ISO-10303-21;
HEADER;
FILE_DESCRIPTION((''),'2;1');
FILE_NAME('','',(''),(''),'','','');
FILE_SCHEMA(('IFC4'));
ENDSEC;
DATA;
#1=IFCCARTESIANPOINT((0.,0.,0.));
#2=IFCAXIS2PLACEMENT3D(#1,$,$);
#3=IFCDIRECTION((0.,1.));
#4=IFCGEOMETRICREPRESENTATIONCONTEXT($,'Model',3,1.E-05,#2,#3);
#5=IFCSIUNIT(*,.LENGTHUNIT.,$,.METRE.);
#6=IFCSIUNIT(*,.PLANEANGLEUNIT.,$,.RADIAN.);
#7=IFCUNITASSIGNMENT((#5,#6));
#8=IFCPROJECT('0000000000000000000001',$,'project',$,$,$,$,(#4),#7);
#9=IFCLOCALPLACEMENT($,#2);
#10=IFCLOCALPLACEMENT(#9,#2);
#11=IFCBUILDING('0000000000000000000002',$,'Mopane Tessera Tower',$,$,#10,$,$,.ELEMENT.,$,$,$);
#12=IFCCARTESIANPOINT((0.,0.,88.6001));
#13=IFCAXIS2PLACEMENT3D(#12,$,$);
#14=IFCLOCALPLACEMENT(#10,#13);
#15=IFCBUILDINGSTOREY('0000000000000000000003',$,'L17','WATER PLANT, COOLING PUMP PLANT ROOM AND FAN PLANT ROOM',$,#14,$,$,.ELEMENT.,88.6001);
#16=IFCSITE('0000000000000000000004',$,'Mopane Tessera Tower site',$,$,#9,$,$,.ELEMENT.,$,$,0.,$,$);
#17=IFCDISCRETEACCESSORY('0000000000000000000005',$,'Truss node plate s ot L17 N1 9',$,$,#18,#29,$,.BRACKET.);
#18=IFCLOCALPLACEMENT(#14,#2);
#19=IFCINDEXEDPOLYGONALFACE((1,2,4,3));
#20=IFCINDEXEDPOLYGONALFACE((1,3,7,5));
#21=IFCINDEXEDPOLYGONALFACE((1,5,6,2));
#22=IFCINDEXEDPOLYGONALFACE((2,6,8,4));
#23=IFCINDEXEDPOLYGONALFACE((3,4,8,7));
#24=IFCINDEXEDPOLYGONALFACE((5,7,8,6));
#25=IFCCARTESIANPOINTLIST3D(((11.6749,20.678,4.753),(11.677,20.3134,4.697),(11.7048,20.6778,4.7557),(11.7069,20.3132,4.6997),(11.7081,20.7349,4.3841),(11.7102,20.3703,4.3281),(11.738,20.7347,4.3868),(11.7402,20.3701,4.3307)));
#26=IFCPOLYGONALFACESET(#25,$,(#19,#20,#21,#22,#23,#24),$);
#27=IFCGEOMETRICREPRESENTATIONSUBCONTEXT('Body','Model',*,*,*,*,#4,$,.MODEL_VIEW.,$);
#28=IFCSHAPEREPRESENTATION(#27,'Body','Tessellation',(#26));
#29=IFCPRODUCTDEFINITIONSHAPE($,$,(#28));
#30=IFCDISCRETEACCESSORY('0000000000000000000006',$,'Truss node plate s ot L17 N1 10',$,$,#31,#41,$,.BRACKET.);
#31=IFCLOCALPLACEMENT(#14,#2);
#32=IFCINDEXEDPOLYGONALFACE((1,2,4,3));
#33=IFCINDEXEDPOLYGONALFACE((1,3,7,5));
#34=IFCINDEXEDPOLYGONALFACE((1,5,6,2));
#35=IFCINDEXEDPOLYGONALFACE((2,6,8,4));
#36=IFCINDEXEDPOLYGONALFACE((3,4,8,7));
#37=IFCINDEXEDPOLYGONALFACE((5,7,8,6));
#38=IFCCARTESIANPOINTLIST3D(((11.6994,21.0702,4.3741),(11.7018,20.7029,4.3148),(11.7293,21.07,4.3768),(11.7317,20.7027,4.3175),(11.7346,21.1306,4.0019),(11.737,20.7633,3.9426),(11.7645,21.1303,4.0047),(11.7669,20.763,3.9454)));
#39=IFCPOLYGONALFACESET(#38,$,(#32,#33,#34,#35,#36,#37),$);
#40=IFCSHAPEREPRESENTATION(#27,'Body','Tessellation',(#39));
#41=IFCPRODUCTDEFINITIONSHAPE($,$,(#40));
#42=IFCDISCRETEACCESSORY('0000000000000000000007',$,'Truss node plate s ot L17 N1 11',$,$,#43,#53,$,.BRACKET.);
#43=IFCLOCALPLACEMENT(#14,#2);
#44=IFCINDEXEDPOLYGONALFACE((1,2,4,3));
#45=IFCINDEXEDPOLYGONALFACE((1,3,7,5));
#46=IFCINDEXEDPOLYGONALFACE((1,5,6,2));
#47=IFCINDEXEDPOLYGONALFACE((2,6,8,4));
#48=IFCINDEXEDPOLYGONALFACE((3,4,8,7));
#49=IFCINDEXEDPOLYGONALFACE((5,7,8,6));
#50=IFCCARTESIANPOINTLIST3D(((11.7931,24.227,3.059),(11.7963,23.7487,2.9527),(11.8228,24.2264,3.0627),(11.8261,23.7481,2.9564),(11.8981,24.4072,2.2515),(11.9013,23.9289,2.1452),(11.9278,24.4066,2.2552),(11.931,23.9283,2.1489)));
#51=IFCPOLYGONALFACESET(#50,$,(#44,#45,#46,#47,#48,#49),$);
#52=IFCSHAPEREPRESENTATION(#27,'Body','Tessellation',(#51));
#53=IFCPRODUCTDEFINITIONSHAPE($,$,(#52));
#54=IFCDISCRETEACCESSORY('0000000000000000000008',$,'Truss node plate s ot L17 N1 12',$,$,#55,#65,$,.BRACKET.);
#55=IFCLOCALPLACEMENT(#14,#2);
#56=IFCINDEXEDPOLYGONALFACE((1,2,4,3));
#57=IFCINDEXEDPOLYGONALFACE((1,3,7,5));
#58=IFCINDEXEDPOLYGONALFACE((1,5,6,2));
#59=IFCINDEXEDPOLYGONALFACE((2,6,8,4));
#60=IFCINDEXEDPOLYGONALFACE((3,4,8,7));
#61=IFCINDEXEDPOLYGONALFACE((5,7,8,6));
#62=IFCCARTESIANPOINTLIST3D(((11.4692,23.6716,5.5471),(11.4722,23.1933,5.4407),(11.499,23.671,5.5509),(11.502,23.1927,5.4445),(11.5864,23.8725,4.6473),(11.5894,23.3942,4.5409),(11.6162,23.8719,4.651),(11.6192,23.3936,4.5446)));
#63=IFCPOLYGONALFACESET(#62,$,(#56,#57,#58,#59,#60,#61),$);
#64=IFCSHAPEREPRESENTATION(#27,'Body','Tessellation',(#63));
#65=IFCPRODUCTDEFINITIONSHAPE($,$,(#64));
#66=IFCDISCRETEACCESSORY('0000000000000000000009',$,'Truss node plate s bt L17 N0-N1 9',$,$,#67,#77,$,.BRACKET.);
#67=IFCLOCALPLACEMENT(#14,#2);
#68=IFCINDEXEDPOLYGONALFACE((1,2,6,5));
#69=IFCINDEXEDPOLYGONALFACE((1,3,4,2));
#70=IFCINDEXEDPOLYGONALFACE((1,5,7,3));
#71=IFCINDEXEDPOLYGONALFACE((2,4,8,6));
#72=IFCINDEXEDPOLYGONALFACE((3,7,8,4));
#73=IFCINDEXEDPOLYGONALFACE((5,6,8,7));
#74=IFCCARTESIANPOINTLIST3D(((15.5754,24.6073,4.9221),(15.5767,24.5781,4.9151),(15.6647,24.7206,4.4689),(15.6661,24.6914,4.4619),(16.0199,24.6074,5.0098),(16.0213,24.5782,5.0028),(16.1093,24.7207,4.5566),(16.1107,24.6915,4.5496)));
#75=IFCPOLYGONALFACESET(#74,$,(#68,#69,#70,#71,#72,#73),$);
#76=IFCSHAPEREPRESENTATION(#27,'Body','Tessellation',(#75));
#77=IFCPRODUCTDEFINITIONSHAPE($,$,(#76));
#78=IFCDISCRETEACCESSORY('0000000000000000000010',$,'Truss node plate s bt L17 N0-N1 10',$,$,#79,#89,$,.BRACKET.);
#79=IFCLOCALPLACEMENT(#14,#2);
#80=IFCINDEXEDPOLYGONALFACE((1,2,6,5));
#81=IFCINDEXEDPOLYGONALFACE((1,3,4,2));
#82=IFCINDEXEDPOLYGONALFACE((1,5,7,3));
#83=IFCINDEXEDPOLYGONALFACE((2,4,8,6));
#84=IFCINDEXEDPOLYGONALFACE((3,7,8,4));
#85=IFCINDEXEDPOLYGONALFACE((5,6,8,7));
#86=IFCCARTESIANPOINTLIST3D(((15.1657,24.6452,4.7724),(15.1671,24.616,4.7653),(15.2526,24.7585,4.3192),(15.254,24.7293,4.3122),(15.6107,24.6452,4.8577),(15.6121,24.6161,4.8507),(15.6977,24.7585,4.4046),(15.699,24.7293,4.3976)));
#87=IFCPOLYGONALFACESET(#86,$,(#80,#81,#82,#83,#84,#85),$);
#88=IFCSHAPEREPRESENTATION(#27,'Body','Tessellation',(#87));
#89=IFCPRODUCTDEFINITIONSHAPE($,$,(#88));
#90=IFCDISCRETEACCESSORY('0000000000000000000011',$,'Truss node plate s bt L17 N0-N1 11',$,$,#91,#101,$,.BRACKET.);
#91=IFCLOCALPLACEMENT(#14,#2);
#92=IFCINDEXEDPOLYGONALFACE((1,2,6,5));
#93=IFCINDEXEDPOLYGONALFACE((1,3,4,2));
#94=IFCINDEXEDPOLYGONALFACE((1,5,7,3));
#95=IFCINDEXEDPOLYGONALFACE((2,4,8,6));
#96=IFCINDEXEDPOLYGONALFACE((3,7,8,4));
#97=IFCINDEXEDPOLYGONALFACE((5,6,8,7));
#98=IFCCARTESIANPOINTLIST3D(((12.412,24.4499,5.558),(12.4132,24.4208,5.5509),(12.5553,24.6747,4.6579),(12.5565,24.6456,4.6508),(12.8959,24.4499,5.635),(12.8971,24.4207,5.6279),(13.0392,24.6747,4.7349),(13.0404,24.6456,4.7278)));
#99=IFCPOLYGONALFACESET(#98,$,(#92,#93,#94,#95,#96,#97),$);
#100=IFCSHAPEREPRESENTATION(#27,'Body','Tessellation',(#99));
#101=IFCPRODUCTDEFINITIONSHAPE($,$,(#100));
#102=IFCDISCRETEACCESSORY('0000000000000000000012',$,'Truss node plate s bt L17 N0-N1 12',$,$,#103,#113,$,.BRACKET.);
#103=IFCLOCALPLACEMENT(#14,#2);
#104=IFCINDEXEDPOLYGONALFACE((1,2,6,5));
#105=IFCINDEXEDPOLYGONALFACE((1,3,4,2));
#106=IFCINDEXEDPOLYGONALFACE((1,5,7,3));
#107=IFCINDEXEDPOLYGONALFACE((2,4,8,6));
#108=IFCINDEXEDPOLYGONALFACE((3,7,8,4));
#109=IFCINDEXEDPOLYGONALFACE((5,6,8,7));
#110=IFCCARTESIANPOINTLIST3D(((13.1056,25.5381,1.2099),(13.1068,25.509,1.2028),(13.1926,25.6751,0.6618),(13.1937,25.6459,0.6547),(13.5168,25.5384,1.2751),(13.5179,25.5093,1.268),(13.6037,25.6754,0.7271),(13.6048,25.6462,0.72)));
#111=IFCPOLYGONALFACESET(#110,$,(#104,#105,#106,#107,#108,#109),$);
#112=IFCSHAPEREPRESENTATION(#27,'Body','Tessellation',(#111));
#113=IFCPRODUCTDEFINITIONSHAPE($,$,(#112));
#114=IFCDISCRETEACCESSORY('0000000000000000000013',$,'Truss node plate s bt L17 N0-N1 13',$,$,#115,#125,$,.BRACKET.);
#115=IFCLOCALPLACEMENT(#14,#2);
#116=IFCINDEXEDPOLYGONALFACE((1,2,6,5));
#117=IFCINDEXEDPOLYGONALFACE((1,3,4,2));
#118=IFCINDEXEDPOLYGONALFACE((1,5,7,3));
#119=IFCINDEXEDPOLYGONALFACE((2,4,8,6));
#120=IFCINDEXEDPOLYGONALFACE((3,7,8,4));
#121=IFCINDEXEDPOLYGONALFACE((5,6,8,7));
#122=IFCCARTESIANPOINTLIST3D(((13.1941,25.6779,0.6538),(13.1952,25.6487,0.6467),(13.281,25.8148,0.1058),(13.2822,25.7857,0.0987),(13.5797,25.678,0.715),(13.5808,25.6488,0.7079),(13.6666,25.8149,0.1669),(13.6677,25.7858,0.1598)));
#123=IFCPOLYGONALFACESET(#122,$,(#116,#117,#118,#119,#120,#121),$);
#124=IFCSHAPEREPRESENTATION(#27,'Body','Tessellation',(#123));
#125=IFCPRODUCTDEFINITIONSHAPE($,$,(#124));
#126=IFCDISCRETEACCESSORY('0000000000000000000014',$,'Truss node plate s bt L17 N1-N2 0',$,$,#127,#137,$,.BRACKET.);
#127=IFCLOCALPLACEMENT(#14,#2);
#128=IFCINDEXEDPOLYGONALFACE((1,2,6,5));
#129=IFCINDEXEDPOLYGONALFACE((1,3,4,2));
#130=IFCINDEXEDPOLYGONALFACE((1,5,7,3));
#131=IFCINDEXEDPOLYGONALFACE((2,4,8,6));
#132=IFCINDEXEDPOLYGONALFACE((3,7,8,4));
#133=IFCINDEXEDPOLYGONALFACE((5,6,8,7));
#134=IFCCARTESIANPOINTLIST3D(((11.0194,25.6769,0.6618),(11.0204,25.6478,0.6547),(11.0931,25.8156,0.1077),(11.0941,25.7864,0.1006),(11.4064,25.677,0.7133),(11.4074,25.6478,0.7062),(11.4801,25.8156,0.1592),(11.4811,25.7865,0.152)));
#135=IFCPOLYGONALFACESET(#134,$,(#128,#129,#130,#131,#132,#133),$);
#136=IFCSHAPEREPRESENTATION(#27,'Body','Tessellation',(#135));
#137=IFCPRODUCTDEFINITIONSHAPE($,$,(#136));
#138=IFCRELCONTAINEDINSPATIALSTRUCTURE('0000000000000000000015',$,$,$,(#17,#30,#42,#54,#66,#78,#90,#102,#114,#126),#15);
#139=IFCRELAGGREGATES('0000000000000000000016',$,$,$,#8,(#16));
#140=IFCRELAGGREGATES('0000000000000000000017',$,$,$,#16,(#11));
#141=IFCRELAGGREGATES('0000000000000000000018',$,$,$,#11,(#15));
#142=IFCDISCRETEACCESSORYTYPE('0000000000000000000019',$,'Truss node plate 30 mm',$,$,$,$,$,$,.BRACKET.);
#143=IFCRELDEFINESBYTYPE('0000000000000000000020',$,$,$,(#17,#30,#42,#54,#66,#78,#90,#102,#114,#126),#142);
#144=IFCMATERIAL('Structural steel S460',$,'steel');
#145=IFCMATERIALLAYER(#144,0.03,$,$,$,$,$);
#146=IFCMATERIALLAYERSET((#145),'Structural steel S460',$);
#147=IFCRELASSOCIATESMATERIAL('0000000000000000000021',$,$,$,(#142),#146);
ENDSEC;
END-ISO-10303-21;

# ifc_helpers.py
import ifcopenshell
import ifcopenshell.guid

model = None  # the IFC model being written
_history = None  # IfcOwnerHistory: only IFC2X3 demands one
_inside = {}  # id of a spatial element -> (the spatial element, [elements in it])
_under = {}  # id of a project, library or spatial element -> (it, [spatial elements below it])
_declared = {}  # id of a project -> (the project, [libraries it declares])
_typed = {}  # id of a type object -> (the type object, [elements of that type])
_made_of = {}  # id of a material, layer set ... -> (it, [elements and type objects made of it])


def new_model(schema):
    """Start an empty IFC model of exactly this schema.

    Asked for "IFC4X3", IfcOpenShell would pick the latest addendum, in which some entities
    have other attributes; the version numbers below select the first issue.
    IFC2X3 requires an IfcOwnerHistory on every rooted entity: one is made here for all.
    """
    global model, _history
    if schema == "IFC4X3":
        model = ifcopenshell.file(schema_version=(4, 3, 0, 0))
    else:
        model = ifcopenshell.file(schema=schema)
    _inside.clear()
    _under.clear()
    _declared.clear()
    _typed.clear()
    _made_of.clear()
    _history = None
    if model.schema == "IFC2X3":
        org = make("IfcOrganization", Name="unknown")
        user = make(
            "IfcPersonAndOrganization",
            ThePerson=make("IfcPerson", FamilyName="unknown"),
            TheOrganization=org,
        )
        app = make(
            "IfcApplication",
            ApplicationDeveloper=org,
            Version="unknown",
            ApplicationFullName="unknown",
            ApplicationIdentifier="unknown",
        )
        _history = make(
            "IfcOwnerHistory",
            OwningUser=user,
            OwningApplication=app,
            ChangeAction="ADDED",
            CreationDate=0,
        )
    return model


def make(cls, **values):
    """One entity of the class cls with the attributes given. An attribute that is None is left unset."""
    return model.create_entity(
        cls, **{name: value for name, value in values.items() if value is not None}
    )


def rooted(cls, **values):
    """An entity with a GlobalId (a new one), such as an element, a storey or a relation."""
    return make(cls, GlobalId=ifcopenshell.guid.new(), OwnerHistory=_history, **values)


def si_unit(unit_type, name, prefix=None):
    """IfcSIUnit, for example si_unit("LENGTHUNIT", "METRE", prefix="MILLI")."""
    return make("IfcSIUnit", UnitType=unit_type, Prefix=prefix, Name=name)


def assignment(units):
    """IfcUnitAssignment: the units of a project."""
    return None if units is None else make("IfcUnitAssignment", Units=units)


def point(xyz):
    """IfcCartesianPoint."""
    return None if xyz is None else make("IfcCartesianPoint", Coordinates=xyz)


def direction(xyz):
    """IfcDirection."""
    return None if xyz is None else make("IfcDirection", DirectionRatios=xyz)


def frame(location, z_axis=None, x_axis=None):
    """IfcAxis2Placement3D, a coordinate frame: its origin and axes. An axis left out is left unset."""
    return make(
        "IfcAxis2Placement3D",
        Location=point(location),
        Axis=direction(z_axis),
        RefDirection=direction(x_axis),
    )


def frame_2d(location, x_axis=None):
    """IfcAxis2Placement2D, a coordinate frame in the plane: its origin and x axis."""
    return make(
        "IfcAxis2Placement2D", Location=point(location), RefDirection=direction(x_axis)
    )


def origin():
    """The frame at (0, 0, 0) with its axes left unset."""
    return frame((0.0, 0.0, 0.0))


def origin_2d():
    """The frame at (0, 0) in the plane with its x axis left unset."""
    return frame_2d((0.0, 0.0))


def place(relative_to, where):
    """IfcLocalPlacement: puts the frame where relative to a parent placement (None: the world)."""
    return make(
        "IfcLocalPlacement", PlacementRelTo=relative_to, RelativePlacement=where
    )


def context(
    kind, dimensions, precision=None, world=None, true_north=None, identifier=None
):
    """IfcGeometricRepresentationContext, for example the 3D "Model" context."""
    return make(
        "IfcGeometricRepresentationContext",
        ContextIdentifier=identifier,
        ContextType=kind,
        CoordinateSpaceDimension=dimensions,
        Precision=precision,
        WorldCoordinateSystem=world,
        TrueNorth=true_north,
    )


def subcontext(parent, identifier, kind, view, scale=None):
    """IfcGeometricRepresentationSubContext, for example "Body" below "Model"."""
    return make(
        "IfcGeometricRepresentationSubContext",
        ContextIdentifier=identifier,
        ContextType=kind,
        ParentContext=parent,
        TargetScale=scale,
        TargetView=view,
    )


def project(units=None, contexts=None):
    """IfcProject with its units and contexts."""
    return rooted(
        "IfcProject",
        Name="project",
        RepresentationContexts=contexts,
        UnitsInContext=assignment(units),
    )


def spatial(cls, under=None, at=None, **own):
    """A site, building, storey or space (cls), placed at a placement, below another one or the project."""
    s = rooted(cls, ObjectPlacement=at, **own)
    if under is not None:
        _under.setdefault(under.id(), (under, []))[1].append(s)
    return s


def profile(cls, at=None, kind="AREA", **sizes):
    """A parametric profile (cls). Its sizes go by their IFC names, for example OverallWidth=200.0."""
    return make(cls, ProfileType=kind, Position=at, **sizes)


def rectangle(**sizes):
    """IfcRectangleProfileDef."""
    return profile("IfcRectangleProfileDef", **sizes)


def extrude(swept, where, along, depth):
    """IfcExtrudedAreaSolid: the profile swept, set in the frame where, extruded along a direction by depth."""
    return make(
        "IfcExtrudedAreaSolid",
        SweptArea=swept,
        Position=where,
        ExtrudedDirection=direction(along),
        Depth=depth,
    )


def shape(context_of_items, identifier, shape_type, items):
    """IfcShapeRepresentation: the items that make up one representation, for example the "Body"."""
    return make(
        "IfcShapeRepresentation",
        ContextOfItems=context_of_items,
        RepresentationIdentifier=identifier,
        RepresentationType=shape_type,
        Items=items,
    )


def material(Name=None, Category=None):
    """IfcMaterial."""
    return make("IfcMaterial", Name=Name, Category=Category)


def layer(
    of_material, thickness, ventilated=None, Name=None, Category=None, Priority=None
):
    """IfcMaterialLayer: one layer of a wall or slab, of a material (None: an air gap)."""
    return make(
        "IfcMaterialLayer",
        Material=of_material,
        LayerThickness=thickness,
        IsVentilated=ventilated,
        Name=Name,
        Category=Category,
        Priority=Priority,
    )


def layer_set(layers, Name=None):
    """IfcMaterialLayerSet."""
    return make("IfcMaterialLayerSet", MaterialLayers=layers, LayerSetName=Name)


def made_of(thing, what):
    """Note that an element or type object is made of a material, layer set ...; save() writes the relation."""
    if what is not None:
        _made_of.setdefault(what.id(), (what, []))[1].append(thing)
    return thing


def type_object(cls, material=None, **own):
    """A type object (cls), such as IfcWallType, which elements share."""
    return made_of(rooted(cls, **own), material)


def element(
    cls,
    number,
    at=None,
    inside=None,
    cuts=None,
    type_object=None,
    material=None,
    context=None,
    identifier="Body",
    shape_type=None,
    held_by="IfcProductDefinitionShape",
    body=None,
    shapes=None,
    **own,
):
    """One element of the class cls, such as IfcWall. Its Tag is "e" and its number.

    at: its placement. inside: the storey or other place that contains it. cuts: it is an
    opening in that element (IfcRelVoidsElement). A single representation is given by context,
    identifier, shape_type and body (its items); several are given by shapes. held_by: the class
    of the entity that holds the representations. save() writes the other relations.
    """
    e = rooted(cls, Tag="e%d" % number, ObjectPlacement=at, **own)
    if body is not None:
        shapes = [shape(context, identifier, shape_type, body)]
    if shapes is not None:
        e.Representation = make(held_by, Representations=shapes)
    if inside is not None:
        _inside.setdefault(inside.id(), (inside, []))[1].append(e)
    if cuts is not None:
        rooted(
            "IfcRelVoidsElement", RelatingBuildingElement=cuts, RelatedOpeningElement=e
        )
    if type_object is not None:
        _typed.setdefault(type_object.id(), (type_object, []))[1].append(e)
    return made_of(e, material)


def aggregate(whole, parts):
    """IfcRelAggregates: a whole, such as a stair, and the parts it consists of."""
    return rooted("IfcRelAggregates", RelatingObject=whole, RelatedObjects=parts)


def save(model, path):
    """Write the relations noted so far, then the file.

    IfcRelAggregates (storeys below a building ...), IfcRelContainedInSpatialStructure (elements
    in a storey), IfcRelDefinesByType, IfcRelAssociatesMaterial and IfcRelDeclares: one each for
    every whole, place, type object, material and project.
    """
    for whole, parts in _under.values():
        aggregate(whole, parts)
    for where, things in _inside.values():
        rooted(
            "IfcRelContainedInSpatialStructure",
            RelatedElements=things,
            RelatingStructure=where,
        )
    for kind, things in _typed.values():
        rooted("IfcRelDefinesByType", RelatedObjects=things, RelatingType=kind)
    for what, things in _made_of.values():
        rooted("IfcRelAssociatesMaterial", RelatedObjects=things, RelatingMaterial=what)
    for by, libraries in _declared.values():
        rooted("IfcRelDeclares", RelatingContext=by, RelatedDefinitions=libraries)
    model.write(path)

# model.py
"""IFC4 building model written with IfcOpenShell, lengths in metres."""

from ifc_helpers import new_model, si_unit, direction, frame, origin, origin_2d, place, context, subcontext, project, spatial, rectangle, extrude, material, layer, layer_set, type_object, element, save


model = new_model("IFC4")

# Units and contexts
model_context = context("Model", 3, precision=1e-05, world=origin(), true_north=direction((0.0, 1.0)))
body_context = subcontext(model_context, "Body", "Model", "MODEL_VIEW")
ifc_project = project(units=[si_unit("LENGTHUNIT", "METRE"), si_unit("PLANEANGLEUNIT", "RADIAN")], contexts=[model_context])

# Site, building, storey
site_placement = place(None, origin())
site = spatial("IfcSite", under=ifc_project, at=site_placement, Name="Mopane Tessera Tower site", CompositionType="ELEMENT", RefElevation=0.0)
building_placement = place(site_placement, origin())
building = spatial("IfcBuilding", under=site, at=building_placement, Name="Mopane Tessera Tower", CompositionType="ELEMENT")
storey_placement = place(building_placement, frame((0.0, 0.0, 88.6001)))
storey = spatial("IfcBuildingStorey", under=building, at=storey_placement, Name="L17", Description="WATER PLANT, COOLING PUMP PLANT ROOM AND FAN PLANT ROOM", CompositionType="ELEMENT", Elevation=88.6001)

# Discrete accessories
ifc_material_1 = material(Name="Structural steel S460", Category="steel")
ifc_layer_1 = layer(ifc_material_1, 0.03)
ifc_layer_set_1 = layer_set([ifc_layer_1], Name="Structural steel S460")
discrete_accessory_type_1 = type_object("IfcDiscreteAccessoryType", Name="Truss node plate 30 mm", PredefinedType="BRACKET", material=ifc_layer_set_1)
discrete_accessory_1_placement = place(storey_placement, frame((11.7241, 20.5525, 4.3574), z_axis=(-0.088605, -0.151802, 0.984431), x_axis=(-0.99605, 0.007709, -0.088462)))
element("IfcDiscreteAccessory", 1, at=discrete_accessory_1_placement, inside=storey, type_object=discrete_accessory_type_1, Name="Truss node plate s ot L17 N1 9", PredefinedType="BRACKET", context=body_context, shape_type="SweptSolid", body=[
    extrude(rectangle(XDim=0.03, YDim=0.3689, at=origin_2d()), origin(), (0.0, 0.0, 1.0), 0.3748),
])
discrete_accessory_2_placement = place(storey_placement, frame((11.7507, 20.9468, 3.9736), z_axis=(-0.092868, -0.159294, 0.982853), x_axis=(-0.995658, 0.008519, -0.092697)))
element("IfcDiscreteAccessory", 2, at=discrete_accessory_2_placement, inside=storey, type_object=discrete_accessory_type_1, Name="Truss node plate s ot L17 N1 10", PredefinedType="BRACKET", context=body_context, shape_type="SweptSolid", body=[
    extrude(rectangle(XDim=0.03, YDim=0.3721, at=origin_2d()), origin(), (0.0, 0.0, 1.0), 0.3787),
])
discrete_accessory_3_placement = place(storey_placement, frame((11.9146, 24.1677, 2.2002), z_axis=(-0.125896, -0.216072, 0.968227), x_axis=(-0.992022, 0.020989, -0.124306)))
element("IfcDiscreteAccessory", 3, at=discrete_accessory_3_placement, inside=storey, type_object=discrete_accessory_type_1, Name="Truss node plate s ot L17 N1 11", PredefinedType="BRACKET", context=body_context, shape_type="SweptSolid", body=[
    extrude(rectangle(XDim=0.03, YDim=0.49, at=origin_2d()), origin(), (0.0, 0.0, 1.0), 0.834),
])
discrete_accessory_4_placement = place(storey_placement, frame((11.6028, 23.6331, 4.5959), z_axis=(-0.126079, -0.216173, 0.968181), x_axis=(-0.992001, 0.021436, -0.124395)))
element("IfcDiscreteAccessory", 4, at=discrete_accessory_4_placement, inside=storey, type_object=discrete_accessory_type_1, Name="Truss node plate s ot L17 N1 12", PredefinedType="BRACKET", context=body_context, shape_type="SweptSolid", body=[
    extrude(rectangle(XDim=0.03, YDim=0.49, at=origin_2d()), origin(), (0.0, 0.0, 1.0), 0.9294),
])
discrete_accessory_5_placement = place(storey_placement, frame((15.8877, 24.7061, 4.5093), z_axis=(-0.187903, -0.238215, 0.952862), x_axis=(0.046385, -0.971212, -0.233656)))
element("IfcDiscreteAccessory", 5, at=discrete_accessory_5_placement, inside=storey, type_object=discrete_accessory_type_1, Name="Truss node plate s bt L17 N0-N1 9", PredefinedType="BRACKET", context=body_context, shape_type="SweptSolid", body=[
    extrude(rectangle(XDim=0.03, YDim=0.4531, at=origin_2d()), origin(), (0.0, 0.0, 1.0), 0.4756),
])
discrete_accessory_6_placement = place(storey_placement, frame((15.4758, 24.7439, 4.3584), z_axis=(-0.182943, -0.238442, 0.95377), x_axis=(0.045, -0.971157, -0.234158)))
element("IfcDiscreteAccessory", 6, at=discrete_accessory_6_placement, inside=storey, type_object=discrete_accessory_type_1, Name="Truss node plate s bt L17 N0-N1 10", PredefinedType="BRACKET", context=body_context, shape_type="SweptSolid", body=[
    extrude(rectangle(XDim=0.03, YDim=0.4531, at=origin_2d()), origin(), (0.0, 0.0, 1.0), 0.4751),
])
discrete_accessory_7_placement = place(storey_placement, frame((12.7979, 24.6602, 4.6929), z_axis=(-0.152652, -0.23951, 0.958818), x_axis=(0.037596, -0.970894, -0.23654)))
element("IfcDiscreteAccessory", 7, at=discrete_accessory_7_placement, inside=storey, type_object=discrete_accessory_type_1, Name="Truss node plate s bt L17 N0-N1 11", PredefinedType="BRACKET", context=body_context, shape_type="SweptSolid", body=[
    extrude(rectangle(XDim=0.03, YDim=0.49, at=origin_2d()), origin(), (0.0, 0.0, 1.0), 0.9387),
])
discrete_accessory_8_placement = place(storey_placement, frame((13.3987, 25.6606, 0.6909), z_axis=(-0.152055, -0.239615, 0.958887), x_axis=(0.038206, -0.970868, -0.23655)))
element("IfcDiscreteAccessory", 8, at=discrete_accessory_8_placement, inside=storey, type_object=discrete_accessory_type_1, Name="Truss node plate s bt L17 N0-N1 12", PredefinedType="BRACKET", context=body_context, shape_type="SweptSolid", body=[
    extrude(rectangle(XDim=0.03, YDim=0.4163, at=origin_2d()), origin(), (0.0, 0.0, 1.0), 0.5715),
])
discrete_accessory_9_placement = place(storey_placement, frame((13.4744, 25.8003, 0.1328), z_axis=(-0.152055, -0.239615, 0.958887), x_axis=(0.037756, -0.970868, -0.236622)))
element("IfcDiscreteAccessory", 9, at=discrete_accessory_9_placement, inside=storey, type_object=discrete_accessory_type_1, Name="Truss node plate s bt L17 N0-N1 13", PredefinedType="BRACKET", context=body_context, shape_type="SweptSolid", body=[
    extrude(rectangle(XDim=0.03, YDim=0.3904, at=origin_2d()), origin(), (0.0, 0.0, 1.0), 0.5715),
])
discrete_accessory_10_placement = place(storey_placement, frame((11.2871, 25.801, 0.1299), z_axis=(-0.127999, -0.24074, 0.962112), x_axis=(0.031805, -0.97059, -0.23863)))
element("IfcDiscreteAccessory", 10, at=discrete_accessory_10_placement, inside=storey, type_object=discrete_accessory_type_1, Name="Truss node plate s bt L17 N1-N2 0", PredefinedType="BRACKET", context=body_context, shape_type="SweptSolid", body=[
    extrude(rectangle(XDim=0.03, YDim=0.3904, at=origin_2d()), origin(), (0.0, 0.0, 1.0), 0.5759),
])

save(model, "model.ifc")
